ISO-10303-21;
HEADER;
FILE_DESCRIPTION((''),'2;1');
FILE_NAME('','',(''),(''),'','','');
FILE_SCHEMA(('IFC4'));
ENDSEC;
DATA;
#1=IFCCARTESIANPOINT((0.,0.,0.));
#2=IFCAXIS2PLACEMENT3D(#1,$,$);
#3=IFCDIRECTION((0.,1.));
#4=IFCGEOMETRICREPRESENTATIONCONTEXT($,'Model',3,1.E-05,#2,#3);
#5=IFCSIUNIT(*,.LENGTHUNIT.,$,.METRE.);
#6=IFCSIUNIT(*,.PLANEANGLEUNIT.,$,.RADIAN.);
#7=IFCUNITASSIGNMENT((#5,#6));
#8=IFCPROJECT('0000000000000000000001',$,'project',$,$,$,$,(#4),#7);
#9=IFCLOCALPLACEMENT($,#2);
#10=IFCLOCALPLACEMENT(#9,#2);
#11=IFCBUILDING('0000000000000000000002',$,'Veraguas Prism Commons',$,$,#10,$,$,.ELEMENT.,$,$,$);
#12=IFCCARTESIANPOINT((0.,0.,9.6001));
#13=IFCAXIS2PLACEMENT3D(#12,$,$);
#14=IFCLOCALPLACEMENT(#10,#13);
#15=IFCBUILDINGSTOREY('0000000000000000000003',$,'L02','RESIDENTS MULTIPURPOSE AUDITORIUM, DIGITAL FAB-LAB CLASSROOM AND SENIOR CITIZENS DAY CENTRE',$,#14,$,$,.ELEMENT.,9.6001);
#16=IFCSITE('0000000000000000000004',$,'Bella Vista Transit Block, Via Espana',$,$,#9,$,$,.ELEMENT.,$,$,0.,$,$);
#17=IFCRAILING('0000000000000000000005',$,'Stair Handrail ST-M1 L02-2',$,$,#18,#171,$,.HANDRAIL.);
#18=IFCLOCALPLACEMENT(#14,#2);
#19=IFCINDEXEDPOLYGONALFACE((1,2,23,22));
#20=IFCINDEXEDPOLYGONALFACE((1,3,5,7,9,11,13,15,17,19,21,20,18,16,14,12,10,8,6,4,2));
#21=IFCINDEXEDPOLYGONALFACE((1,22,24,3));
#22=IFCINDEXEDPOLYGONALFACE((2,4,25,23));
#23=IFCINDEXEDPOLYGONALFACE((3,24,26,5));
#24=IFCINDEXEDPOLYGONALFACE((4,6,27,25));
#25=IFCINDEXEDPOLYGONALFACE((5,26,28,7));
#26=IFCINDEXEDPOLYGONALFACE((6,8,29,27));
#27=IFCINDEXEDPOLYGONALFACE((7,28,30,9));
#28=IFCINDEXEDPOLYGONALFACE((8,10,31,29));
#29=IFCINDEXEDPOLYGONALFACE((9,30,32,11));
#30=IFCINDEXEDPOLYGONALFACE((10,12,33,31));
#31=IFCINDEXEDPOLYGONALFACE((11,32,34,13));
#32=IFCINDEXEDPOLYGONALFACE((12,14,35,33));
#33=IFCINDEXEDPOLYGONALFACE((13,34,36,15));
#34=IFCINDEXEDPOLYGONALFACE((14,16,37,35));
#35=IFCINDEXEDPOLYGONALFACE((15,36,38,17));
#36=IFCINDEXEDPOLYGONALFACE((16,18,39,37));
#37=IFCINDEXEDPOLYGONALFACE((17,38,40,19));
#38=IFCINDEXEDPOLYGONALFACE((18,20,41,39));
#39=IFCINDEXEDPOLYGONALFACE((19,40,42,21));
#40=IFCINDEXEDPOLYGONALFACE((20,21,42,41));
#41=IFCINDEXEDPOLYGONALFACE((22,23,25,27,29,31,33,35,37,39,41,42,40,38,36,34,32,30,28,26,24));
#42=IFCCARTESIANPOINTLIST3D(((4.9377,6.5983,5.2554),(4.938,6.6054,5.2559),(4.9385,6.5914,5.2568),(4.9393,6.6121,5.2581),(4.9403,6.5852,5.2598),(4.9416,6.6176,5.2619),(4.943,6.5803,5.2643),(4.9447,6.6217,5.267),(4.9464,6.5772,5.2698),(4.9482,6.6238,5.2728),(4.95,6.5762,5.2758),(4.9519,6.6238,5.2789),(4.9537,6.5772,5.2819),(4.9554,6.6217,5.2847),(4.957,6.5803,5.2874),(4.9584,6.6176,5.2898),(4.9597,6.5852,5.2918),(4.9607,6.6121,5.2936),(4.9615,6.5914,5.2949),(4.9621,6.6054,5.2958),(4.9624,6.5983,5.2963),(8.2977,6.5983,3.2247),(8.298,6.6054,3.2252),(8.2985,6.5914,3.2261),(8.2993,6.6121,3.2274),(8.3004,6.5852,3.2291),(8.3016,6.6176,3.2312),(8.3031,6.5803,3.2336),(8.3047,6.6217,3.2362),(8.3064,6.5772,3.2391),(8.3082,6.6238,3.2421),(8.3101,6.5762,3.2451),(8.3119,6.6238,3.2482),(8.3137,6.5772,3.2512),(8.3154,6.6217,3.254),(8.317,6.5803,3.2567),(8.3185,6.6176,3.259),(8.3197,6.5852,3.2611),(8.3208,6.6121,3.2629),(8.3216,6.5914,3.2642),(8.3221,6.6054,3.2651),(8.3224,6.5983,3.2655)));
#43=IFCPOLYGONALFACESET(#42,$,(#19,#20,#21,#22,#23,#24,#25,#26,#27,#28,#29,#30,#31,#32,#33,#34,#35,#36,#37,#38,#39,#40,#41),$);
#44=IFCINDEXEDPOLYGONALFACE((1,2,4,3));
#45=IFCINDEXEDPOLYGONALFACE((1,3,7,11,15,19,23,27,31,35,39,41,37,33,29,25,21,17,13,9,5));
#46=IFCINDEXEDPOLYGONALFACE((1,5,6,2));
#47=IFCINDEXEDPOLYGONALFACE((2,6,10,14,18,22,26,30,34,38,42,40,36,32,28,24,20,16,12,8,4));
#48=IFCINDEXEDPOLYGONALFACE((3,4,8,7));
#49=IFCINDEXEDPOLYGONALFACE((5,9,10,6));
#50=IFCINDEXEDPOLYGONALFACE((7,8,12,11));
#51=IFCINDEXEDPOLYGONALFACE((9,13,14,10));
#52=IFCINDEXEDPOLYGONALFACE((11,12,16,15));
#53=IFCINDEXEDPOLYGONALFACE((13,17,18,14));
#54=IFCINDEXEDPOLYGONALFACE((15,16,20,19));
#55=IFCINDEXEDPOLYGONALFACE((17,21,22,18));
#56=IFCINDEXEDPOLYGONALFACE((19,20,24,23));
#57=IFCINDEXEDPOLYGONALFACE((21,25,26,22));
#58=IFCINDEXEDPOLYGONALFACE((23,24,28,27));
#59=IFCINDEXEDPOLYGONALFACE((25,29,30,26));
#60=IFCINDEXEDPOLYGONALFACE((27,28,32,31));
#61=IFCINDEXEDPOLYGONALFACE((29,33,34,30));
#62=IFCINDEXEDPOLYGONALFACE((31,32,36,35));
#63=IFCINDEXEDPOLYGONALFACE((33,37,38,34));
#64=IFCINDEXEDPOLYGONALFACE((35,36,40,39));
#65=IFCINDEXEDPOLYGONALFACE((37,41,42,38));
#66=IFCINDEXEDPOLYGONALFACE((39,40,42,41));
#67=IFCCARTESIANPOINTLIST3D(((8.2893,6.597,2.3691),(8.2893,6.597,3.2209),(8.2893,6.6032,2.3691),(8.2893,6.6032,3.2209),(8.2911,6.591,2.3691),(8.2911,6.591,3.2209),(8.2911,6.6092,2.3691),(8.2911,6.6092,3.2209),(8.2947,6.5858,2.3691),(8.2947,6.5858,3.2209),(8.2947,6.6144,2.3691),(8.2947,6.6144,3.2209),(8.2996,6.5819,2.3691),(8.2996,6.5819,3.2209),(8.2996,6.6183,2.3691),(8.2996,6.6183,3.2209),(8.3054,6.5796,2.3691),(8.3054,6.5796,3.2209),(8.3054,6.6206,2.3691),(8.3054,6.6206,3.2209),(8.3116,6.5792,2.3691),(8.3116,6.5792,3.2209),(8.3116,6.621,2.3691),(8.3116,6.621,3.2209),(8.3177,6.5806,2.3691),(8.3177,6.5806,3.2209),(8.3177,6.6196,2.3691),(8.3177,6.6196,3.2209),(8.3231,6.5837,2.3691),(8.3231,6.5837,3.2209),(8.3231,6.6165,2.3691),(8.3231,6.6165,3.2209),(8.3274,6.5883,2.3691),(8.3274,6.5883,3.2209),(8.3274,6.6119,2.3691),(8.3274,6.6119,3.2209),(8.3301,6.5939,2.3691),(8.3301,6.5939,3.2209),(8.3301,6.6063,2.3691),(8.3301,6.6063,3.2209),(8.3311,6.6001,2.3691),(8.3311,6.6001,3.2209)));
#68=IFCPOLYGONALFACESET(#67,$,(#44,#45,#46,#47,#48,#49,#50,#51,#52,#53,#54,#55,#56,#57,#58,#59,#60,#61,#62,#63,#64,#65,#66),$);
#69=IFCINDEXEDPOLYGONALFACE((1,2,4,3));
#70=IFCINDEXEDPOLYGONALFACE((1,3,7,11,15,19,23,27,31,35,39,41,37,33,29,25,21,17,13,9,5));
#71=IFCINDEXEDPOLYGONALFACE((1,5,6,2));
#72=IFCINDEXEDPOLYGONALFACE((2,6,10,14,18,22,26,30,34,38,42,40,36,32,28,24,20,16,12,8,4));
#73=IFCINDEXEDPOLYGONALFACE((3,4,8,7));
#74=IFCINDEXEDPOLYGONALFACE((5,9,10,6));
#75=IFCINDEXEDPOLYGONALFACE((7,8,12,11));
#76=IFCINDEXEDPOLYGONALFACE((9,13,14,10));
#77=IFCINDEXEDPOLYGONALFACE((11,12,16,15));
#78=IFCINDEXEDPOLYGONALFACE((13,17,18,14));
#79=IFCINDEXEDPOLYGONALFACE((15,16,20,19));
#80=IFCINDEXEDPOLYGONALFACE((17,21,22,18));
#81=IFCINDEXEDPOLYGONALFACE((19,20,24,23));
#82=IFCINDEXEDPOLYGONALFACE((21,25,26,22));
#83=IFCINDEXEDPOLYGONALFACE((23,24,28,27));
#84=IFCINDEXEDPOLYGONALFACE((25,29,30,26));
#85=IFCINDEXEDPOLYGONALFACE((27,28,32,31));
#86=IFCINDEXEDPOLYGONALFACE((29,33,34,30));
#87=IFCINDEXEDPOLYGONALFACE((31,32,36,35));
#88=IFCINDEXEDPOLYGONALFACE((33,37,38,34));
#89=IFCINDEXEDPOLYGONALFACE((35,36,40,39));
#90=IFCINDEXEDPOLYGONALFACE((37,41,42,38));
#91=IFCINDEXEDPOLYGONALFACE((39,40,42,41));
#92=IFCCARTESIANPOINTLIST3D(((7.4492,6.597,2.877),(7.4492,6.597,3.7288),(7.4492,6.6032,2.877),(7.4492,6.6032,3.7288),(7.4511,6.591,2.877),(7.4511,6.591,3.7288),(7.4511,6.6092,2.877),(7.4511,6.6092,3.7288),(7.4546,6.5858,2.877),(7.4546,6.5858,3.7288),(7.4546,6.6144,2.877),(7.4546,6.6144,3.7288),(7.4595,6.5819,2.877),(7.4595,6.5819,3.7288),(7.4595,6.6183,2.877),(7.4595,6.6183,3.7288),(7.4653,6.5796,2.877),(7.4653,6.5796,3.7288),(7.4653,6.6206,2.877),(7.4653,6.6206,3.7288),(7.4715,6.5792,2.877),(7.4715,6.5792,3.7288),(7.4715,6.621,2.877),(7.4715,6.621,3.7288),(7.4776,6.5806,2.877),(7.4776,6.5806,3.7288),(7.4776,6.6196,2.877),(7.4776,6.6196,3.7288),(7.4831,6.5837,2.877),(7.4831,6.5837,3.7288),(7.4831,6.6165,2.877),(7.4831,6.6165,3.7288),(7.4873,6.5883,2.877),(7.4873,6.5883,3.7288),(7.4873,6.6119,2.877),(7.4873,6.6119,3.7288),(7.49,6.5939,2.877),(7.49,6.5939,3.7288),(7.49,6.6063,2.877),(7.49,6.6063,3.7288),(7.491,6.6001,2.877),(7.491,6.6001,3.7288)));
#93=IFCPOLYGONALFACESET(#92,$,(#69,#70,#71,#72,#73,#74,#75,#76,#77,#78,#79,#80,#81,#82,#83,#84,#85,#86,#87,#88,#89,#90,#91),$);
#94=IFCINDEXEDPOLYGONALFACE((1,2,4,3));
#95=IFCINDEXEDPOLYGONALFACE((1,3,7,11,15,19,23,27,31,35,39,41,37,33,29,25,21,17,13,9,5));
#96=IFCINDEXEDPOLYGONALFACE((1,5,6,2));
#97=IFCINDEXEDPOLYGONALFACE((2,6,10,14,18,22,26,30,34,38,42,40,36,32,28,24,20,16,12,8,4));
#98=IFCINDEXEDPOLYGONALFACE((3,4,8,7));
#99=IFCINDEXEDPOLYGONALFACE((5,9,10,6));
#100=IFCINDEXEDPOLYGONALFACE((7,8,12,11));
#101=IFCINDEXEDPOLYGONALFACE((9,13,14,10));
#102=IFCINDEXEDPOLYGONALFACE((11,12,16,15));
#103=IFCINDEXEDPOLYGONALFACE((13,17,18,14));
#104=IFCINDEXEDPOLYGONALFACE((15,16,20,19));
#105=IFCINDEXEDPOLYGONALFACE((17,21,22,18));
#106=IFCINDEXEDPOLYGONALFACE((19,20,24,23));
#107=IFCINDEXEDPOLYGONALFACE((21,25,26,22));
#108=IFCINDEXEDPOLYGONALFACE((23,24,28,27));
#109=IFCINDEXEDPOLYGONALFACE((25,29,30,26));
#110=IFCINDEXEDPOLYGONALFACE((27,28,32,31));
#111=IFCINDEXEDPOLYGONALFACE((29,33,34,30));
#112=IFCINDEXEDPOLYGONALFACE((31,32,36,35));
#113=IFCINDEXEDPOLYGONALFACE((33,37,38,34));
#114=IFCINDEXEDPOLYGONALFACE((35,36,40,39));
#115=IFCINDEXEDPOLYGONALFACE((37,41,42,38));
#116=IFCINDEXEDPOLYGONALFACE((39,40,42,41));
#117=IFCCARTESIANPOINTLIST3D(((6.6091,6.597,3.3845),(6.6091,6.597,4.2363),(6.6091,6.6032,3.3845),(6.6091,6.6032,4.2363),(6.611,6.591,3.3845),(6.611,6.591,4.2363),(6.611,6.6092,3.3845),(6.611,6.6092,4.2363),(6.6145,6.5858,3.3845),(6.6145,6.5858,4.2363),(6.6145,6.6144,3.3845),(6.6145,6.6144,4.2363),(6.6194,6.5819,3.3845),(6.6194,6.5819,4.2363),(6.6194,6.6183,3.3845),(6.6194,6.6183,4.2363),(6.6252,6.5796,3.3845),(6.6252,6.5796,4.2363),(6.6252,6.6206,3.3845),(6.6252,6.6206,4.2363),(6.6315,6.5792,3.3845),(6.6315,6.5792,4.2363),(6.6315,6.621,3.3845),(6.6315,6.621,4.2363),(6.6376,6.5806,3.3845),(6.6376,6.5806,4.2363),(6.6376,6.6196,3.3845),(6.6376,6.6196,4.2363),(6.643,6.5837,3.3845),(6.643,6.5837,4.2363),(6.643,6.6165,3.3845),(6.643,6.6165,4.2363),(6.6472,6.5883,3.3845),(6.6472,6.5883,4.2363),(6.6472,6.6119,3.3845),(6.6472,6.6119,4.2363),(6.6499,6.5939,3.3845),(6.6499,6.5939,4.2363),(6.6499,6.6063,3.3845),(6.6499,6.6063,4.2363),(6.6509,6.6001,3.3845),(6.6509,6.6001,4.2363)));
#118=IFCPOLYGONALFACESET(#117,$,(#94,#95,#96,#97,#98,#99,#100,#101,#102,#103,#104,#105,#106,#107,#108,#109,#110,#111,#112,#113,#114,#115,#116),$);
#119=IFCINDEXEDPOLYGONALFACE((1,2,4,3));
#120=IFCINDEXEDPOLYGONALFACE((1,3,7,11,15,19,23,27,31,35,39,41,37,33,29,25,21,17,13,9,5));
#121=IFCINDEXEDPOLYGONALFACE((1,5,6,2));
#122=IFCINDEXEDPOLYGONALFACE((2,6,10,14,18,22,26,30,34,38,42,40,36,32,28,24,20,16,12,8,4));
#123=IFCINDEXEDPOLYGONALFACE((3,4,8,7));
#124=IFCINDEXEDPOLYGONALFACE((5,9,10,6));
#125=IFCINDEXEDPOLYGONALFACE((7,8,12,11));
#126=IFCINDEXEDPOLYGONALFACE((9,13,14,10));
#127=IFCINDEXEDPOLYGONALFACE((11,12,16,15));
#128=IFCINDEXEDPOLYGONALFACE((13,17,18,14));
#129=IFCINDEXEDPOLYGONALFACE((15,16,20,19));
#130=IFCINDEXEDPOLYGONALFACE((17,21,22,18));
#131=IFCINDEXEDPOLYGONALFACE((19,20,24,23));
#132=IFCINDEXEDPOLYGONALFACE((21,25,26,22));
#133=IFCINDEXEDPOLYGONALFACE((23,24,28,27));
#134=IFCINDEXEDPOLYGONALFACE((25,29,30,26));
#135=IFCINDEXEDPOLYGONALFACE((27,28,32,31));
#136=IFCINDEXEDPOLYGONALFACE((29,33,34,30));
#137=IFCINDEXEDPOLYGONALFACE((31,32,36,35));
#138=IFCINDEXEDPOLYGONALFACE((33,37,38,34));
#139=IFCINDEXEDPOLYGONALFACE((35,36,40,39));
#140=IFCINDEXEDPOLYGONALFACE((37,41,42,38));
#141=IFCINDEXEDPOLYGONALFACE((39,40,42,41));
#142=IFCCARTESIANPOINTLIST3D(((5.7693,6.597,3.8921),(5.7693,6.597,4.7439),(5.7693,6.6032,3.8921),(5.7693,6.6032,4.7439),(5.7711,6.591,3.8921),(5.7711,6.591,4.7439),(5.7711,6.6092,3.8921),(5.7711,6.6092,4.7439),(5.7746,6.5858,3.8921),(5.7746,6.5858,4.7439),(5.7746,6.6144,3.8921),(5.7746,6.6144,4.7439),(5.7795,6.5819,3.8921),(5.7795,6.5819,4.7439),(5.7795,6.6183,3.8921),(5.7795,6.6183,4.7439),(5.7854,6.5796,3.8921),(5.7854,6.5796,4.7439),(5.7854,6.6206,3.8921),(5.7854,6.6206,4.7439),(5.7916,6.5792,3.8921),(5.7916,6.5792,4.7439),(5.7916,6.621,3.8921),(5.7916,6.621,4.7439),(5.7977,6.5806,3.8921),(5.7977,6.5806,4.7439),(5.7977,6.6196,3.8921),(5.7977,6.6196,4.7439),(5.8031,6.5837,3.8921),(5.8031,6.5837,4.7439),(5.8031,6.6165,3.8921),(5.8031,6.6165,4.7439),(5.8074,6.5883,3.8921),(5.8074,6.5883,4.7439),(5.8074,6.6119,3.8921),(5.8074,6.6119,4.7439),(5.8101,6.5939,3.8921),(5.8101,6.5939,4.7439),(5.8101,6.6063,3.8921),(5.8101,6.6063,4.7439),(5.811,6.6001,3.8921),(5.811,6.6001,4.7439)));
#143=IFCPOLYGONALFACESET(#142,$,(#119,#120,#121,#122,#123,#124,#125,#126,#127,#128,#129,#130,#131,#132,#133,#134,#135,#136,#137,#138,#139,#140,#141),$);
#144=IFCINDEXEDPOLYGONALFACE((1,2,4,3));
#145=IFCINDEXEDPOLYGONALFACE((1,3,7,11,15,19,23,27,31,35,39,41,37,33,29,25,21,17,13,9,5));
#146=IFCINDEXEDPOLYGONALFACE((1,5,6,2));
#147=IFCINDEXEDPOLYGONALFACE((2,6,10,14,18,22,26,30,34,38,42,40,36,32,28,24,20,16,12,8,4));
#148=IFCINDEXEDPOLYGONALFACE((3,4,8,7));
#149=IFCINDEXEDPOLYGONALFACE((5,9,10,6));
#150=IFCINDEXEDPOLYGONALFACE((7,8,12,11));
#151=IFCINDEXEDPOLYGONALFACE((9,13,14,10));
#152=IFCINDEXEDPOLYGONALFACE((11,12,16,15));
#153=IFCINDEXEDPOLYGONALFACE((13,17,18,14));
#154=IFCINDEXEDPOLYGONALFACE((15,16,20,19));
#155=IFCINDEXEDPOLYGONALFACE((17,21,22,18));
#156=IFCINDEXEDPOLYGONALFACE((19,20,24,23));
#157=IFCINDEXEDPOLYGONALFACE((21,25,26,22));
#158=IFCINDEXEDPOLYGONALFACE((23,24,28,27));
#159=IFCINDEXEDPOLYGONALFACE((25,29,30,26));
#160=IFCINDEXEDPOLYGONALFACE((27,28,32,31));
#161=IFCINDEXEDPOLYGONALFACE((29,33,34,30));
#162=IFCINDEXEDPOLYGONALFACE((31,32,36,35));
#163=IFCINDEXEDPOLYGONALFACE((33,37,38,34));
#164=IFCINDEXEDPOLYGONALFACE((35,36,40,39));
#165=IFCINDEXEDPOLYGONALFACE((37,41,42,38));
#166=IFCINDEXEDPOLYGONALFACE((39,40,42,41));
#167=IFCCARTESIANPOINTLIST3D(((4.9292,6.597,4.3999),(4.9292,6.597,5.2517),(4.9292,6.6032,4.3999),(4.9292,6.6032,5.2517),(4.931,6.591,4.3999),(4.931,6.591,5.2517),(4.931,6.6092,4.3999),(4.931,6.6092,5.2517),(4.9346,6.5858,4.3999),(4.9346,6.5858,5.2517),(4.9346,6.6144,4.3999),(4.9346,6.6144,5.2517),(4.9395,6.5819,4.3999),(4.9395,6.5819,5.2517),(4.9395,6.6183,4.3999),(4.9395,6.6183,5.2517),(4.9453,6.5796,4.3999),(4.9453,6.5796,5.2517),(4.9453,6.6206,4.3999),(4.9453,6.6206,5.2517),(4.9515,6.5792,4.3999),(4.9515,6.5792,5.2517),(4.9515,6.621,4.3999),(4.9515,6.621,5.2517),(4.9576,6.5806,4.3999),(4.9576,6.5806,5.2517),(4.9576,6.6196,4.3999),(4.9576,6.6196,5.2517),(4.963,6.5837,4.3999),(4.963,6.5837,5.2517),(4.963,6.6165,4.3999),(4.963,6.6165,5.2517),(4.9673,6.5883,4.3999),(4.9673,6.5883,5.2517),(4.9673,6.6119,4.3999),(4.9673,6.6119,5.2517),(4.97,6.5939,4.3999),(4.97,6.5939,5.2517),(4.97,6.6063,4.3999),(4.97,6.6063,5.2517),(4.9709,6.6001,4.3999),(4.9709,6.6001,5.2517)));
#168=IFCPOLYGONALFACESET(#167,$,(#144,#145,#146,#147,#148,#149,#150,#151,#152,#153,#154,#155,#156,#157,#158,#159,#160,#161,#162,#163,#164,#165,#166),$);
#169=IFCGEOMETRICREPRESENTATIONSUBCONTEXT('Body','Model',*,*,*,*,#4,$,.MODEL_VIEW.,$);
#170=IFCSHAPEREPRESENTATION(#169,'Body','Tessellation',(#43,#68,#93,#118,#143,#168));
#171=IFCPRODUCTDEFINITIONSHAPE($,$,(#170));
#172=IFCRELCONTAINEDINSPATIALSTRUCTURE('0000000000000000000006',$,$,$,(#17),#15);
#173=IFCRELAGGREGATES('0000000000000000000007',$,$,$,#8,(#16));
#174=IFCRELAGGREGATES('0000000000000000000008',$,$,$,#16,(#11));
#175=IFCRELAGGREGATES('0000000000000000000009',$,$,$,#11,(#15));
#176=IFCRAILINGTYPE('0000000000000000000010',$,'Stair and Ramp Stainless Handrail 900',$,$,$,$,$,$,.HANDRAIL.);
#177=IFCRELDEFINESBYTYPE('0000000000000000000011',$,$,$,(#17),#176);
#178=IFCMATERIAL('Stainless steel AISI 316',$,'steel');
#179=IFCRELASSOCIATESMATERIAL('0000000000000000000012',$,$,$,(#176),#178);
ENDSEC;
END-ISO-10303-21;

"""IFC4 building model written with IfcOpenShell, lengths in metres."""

from ifc_helpers import new_model, si_unit, direction, frame, origin, origin_2d, place, context, subcontext, project, spatial, circle, extrude, material, type_object, element, save


model = new_model("IFC4")

# Units and contexts
model_context = context("Model", 3, precision=1e-05, world=origin(), true_north=direction((0.0, 1.0)))
body_context = subcontext(model_context, "Body", "Model", "MODEL_VIEW")
ifc_project = project(units=[si_unit("LENGTHUNIT", "METRE"), si_unit("PLANEANGLEUNIT", "RADIAN")], contexts=[model_context])

# Site, building, storey
site_placement = place(None, origin())
site = spatial("IfcSite", under=ifc_project, at=site_placement, Name="Bella Vista Transit Block, Via Espana", CompositionType="ELEMENT", RefElevation=0.0)
building_placement = place(site_placement, origin())
building = spatial("IfcBuilding", under=site, at=building_placement, Name="Veraguas Prism Commons", CompositionType="ELEMENT")
storey_placement = place(building_placement, frame((0.0, 0.0, 9.6001)))
storey = spatial("IfcBuildingStorey", under=building, at=storey_placement, Name="L02", Description="RESIDENTS MULTIPURPOSE AUDITORIUM, DIGITAL FAB-LAB CLASSROOM AND SENIOR CITIZENS DAY CENTRE", CompositionType="ELEMENT", Elevation=9.6001)

# Railing
ifc_material_1 = material(Name="Stainless steel AISI 316", Category="steel")
railing_type_1 = type_object("IfcRailingType", Name="Stair and Ramp Stainless Handrail 900", PredefinedType="HANDRAIL", material=ifc_material_1)
railing_1_placement = place(storey_placement, frame((8.3101, 6.6001, 2.3691)))
element("IfcRailing", 1, at=railing_1_placement, inside=storey, type_object=railing_type_1, Name="Stair Handrail ST-M1 L02-2", PredefinedType="HANDRAIL", context=body_context, shape_type="SweptSolid", body=[
    extrude(circle(Radius=0.0239, at=origin_2d()), frame((0.0, 0.0, 0.876), z_axis=(-0.855837, 0.0, 0.517246), x_axis=(0.0, -1.0, 0.0)), (0.0, 0.0, 1.0), 3.926),
    extrude(circle(Radius=0.021, at=origin_2d()), origin(), (0.0, 0.0, 1.0), 0.8518),
    extrude(circle(Radius=0.021, at=origin_2d()), frame((-0.8401, 0.0, 0.5078)), (0.0, 0.0, 1.0), 0.8518),
    extrude(circle(Radius=0.021, at=origin_2d()), frame((-1.6802, 0.0, 1.0154)), (0.0, 0.0, 1.0), 0.8518),
    extrude(circle(Radius=0.021, at=origin_2d()), frame((-2.52, 0.0, 1.5229)), (0.0, 0.0, 1.0), 0.8518),
    extrude(circle(Radius=0.021, at=origin_2d()), frame((-3.3601, 0.0, 2.0308)), (0.0, 0.0, 1.0), 0.8518),
])

save(model, "model.ifc")
